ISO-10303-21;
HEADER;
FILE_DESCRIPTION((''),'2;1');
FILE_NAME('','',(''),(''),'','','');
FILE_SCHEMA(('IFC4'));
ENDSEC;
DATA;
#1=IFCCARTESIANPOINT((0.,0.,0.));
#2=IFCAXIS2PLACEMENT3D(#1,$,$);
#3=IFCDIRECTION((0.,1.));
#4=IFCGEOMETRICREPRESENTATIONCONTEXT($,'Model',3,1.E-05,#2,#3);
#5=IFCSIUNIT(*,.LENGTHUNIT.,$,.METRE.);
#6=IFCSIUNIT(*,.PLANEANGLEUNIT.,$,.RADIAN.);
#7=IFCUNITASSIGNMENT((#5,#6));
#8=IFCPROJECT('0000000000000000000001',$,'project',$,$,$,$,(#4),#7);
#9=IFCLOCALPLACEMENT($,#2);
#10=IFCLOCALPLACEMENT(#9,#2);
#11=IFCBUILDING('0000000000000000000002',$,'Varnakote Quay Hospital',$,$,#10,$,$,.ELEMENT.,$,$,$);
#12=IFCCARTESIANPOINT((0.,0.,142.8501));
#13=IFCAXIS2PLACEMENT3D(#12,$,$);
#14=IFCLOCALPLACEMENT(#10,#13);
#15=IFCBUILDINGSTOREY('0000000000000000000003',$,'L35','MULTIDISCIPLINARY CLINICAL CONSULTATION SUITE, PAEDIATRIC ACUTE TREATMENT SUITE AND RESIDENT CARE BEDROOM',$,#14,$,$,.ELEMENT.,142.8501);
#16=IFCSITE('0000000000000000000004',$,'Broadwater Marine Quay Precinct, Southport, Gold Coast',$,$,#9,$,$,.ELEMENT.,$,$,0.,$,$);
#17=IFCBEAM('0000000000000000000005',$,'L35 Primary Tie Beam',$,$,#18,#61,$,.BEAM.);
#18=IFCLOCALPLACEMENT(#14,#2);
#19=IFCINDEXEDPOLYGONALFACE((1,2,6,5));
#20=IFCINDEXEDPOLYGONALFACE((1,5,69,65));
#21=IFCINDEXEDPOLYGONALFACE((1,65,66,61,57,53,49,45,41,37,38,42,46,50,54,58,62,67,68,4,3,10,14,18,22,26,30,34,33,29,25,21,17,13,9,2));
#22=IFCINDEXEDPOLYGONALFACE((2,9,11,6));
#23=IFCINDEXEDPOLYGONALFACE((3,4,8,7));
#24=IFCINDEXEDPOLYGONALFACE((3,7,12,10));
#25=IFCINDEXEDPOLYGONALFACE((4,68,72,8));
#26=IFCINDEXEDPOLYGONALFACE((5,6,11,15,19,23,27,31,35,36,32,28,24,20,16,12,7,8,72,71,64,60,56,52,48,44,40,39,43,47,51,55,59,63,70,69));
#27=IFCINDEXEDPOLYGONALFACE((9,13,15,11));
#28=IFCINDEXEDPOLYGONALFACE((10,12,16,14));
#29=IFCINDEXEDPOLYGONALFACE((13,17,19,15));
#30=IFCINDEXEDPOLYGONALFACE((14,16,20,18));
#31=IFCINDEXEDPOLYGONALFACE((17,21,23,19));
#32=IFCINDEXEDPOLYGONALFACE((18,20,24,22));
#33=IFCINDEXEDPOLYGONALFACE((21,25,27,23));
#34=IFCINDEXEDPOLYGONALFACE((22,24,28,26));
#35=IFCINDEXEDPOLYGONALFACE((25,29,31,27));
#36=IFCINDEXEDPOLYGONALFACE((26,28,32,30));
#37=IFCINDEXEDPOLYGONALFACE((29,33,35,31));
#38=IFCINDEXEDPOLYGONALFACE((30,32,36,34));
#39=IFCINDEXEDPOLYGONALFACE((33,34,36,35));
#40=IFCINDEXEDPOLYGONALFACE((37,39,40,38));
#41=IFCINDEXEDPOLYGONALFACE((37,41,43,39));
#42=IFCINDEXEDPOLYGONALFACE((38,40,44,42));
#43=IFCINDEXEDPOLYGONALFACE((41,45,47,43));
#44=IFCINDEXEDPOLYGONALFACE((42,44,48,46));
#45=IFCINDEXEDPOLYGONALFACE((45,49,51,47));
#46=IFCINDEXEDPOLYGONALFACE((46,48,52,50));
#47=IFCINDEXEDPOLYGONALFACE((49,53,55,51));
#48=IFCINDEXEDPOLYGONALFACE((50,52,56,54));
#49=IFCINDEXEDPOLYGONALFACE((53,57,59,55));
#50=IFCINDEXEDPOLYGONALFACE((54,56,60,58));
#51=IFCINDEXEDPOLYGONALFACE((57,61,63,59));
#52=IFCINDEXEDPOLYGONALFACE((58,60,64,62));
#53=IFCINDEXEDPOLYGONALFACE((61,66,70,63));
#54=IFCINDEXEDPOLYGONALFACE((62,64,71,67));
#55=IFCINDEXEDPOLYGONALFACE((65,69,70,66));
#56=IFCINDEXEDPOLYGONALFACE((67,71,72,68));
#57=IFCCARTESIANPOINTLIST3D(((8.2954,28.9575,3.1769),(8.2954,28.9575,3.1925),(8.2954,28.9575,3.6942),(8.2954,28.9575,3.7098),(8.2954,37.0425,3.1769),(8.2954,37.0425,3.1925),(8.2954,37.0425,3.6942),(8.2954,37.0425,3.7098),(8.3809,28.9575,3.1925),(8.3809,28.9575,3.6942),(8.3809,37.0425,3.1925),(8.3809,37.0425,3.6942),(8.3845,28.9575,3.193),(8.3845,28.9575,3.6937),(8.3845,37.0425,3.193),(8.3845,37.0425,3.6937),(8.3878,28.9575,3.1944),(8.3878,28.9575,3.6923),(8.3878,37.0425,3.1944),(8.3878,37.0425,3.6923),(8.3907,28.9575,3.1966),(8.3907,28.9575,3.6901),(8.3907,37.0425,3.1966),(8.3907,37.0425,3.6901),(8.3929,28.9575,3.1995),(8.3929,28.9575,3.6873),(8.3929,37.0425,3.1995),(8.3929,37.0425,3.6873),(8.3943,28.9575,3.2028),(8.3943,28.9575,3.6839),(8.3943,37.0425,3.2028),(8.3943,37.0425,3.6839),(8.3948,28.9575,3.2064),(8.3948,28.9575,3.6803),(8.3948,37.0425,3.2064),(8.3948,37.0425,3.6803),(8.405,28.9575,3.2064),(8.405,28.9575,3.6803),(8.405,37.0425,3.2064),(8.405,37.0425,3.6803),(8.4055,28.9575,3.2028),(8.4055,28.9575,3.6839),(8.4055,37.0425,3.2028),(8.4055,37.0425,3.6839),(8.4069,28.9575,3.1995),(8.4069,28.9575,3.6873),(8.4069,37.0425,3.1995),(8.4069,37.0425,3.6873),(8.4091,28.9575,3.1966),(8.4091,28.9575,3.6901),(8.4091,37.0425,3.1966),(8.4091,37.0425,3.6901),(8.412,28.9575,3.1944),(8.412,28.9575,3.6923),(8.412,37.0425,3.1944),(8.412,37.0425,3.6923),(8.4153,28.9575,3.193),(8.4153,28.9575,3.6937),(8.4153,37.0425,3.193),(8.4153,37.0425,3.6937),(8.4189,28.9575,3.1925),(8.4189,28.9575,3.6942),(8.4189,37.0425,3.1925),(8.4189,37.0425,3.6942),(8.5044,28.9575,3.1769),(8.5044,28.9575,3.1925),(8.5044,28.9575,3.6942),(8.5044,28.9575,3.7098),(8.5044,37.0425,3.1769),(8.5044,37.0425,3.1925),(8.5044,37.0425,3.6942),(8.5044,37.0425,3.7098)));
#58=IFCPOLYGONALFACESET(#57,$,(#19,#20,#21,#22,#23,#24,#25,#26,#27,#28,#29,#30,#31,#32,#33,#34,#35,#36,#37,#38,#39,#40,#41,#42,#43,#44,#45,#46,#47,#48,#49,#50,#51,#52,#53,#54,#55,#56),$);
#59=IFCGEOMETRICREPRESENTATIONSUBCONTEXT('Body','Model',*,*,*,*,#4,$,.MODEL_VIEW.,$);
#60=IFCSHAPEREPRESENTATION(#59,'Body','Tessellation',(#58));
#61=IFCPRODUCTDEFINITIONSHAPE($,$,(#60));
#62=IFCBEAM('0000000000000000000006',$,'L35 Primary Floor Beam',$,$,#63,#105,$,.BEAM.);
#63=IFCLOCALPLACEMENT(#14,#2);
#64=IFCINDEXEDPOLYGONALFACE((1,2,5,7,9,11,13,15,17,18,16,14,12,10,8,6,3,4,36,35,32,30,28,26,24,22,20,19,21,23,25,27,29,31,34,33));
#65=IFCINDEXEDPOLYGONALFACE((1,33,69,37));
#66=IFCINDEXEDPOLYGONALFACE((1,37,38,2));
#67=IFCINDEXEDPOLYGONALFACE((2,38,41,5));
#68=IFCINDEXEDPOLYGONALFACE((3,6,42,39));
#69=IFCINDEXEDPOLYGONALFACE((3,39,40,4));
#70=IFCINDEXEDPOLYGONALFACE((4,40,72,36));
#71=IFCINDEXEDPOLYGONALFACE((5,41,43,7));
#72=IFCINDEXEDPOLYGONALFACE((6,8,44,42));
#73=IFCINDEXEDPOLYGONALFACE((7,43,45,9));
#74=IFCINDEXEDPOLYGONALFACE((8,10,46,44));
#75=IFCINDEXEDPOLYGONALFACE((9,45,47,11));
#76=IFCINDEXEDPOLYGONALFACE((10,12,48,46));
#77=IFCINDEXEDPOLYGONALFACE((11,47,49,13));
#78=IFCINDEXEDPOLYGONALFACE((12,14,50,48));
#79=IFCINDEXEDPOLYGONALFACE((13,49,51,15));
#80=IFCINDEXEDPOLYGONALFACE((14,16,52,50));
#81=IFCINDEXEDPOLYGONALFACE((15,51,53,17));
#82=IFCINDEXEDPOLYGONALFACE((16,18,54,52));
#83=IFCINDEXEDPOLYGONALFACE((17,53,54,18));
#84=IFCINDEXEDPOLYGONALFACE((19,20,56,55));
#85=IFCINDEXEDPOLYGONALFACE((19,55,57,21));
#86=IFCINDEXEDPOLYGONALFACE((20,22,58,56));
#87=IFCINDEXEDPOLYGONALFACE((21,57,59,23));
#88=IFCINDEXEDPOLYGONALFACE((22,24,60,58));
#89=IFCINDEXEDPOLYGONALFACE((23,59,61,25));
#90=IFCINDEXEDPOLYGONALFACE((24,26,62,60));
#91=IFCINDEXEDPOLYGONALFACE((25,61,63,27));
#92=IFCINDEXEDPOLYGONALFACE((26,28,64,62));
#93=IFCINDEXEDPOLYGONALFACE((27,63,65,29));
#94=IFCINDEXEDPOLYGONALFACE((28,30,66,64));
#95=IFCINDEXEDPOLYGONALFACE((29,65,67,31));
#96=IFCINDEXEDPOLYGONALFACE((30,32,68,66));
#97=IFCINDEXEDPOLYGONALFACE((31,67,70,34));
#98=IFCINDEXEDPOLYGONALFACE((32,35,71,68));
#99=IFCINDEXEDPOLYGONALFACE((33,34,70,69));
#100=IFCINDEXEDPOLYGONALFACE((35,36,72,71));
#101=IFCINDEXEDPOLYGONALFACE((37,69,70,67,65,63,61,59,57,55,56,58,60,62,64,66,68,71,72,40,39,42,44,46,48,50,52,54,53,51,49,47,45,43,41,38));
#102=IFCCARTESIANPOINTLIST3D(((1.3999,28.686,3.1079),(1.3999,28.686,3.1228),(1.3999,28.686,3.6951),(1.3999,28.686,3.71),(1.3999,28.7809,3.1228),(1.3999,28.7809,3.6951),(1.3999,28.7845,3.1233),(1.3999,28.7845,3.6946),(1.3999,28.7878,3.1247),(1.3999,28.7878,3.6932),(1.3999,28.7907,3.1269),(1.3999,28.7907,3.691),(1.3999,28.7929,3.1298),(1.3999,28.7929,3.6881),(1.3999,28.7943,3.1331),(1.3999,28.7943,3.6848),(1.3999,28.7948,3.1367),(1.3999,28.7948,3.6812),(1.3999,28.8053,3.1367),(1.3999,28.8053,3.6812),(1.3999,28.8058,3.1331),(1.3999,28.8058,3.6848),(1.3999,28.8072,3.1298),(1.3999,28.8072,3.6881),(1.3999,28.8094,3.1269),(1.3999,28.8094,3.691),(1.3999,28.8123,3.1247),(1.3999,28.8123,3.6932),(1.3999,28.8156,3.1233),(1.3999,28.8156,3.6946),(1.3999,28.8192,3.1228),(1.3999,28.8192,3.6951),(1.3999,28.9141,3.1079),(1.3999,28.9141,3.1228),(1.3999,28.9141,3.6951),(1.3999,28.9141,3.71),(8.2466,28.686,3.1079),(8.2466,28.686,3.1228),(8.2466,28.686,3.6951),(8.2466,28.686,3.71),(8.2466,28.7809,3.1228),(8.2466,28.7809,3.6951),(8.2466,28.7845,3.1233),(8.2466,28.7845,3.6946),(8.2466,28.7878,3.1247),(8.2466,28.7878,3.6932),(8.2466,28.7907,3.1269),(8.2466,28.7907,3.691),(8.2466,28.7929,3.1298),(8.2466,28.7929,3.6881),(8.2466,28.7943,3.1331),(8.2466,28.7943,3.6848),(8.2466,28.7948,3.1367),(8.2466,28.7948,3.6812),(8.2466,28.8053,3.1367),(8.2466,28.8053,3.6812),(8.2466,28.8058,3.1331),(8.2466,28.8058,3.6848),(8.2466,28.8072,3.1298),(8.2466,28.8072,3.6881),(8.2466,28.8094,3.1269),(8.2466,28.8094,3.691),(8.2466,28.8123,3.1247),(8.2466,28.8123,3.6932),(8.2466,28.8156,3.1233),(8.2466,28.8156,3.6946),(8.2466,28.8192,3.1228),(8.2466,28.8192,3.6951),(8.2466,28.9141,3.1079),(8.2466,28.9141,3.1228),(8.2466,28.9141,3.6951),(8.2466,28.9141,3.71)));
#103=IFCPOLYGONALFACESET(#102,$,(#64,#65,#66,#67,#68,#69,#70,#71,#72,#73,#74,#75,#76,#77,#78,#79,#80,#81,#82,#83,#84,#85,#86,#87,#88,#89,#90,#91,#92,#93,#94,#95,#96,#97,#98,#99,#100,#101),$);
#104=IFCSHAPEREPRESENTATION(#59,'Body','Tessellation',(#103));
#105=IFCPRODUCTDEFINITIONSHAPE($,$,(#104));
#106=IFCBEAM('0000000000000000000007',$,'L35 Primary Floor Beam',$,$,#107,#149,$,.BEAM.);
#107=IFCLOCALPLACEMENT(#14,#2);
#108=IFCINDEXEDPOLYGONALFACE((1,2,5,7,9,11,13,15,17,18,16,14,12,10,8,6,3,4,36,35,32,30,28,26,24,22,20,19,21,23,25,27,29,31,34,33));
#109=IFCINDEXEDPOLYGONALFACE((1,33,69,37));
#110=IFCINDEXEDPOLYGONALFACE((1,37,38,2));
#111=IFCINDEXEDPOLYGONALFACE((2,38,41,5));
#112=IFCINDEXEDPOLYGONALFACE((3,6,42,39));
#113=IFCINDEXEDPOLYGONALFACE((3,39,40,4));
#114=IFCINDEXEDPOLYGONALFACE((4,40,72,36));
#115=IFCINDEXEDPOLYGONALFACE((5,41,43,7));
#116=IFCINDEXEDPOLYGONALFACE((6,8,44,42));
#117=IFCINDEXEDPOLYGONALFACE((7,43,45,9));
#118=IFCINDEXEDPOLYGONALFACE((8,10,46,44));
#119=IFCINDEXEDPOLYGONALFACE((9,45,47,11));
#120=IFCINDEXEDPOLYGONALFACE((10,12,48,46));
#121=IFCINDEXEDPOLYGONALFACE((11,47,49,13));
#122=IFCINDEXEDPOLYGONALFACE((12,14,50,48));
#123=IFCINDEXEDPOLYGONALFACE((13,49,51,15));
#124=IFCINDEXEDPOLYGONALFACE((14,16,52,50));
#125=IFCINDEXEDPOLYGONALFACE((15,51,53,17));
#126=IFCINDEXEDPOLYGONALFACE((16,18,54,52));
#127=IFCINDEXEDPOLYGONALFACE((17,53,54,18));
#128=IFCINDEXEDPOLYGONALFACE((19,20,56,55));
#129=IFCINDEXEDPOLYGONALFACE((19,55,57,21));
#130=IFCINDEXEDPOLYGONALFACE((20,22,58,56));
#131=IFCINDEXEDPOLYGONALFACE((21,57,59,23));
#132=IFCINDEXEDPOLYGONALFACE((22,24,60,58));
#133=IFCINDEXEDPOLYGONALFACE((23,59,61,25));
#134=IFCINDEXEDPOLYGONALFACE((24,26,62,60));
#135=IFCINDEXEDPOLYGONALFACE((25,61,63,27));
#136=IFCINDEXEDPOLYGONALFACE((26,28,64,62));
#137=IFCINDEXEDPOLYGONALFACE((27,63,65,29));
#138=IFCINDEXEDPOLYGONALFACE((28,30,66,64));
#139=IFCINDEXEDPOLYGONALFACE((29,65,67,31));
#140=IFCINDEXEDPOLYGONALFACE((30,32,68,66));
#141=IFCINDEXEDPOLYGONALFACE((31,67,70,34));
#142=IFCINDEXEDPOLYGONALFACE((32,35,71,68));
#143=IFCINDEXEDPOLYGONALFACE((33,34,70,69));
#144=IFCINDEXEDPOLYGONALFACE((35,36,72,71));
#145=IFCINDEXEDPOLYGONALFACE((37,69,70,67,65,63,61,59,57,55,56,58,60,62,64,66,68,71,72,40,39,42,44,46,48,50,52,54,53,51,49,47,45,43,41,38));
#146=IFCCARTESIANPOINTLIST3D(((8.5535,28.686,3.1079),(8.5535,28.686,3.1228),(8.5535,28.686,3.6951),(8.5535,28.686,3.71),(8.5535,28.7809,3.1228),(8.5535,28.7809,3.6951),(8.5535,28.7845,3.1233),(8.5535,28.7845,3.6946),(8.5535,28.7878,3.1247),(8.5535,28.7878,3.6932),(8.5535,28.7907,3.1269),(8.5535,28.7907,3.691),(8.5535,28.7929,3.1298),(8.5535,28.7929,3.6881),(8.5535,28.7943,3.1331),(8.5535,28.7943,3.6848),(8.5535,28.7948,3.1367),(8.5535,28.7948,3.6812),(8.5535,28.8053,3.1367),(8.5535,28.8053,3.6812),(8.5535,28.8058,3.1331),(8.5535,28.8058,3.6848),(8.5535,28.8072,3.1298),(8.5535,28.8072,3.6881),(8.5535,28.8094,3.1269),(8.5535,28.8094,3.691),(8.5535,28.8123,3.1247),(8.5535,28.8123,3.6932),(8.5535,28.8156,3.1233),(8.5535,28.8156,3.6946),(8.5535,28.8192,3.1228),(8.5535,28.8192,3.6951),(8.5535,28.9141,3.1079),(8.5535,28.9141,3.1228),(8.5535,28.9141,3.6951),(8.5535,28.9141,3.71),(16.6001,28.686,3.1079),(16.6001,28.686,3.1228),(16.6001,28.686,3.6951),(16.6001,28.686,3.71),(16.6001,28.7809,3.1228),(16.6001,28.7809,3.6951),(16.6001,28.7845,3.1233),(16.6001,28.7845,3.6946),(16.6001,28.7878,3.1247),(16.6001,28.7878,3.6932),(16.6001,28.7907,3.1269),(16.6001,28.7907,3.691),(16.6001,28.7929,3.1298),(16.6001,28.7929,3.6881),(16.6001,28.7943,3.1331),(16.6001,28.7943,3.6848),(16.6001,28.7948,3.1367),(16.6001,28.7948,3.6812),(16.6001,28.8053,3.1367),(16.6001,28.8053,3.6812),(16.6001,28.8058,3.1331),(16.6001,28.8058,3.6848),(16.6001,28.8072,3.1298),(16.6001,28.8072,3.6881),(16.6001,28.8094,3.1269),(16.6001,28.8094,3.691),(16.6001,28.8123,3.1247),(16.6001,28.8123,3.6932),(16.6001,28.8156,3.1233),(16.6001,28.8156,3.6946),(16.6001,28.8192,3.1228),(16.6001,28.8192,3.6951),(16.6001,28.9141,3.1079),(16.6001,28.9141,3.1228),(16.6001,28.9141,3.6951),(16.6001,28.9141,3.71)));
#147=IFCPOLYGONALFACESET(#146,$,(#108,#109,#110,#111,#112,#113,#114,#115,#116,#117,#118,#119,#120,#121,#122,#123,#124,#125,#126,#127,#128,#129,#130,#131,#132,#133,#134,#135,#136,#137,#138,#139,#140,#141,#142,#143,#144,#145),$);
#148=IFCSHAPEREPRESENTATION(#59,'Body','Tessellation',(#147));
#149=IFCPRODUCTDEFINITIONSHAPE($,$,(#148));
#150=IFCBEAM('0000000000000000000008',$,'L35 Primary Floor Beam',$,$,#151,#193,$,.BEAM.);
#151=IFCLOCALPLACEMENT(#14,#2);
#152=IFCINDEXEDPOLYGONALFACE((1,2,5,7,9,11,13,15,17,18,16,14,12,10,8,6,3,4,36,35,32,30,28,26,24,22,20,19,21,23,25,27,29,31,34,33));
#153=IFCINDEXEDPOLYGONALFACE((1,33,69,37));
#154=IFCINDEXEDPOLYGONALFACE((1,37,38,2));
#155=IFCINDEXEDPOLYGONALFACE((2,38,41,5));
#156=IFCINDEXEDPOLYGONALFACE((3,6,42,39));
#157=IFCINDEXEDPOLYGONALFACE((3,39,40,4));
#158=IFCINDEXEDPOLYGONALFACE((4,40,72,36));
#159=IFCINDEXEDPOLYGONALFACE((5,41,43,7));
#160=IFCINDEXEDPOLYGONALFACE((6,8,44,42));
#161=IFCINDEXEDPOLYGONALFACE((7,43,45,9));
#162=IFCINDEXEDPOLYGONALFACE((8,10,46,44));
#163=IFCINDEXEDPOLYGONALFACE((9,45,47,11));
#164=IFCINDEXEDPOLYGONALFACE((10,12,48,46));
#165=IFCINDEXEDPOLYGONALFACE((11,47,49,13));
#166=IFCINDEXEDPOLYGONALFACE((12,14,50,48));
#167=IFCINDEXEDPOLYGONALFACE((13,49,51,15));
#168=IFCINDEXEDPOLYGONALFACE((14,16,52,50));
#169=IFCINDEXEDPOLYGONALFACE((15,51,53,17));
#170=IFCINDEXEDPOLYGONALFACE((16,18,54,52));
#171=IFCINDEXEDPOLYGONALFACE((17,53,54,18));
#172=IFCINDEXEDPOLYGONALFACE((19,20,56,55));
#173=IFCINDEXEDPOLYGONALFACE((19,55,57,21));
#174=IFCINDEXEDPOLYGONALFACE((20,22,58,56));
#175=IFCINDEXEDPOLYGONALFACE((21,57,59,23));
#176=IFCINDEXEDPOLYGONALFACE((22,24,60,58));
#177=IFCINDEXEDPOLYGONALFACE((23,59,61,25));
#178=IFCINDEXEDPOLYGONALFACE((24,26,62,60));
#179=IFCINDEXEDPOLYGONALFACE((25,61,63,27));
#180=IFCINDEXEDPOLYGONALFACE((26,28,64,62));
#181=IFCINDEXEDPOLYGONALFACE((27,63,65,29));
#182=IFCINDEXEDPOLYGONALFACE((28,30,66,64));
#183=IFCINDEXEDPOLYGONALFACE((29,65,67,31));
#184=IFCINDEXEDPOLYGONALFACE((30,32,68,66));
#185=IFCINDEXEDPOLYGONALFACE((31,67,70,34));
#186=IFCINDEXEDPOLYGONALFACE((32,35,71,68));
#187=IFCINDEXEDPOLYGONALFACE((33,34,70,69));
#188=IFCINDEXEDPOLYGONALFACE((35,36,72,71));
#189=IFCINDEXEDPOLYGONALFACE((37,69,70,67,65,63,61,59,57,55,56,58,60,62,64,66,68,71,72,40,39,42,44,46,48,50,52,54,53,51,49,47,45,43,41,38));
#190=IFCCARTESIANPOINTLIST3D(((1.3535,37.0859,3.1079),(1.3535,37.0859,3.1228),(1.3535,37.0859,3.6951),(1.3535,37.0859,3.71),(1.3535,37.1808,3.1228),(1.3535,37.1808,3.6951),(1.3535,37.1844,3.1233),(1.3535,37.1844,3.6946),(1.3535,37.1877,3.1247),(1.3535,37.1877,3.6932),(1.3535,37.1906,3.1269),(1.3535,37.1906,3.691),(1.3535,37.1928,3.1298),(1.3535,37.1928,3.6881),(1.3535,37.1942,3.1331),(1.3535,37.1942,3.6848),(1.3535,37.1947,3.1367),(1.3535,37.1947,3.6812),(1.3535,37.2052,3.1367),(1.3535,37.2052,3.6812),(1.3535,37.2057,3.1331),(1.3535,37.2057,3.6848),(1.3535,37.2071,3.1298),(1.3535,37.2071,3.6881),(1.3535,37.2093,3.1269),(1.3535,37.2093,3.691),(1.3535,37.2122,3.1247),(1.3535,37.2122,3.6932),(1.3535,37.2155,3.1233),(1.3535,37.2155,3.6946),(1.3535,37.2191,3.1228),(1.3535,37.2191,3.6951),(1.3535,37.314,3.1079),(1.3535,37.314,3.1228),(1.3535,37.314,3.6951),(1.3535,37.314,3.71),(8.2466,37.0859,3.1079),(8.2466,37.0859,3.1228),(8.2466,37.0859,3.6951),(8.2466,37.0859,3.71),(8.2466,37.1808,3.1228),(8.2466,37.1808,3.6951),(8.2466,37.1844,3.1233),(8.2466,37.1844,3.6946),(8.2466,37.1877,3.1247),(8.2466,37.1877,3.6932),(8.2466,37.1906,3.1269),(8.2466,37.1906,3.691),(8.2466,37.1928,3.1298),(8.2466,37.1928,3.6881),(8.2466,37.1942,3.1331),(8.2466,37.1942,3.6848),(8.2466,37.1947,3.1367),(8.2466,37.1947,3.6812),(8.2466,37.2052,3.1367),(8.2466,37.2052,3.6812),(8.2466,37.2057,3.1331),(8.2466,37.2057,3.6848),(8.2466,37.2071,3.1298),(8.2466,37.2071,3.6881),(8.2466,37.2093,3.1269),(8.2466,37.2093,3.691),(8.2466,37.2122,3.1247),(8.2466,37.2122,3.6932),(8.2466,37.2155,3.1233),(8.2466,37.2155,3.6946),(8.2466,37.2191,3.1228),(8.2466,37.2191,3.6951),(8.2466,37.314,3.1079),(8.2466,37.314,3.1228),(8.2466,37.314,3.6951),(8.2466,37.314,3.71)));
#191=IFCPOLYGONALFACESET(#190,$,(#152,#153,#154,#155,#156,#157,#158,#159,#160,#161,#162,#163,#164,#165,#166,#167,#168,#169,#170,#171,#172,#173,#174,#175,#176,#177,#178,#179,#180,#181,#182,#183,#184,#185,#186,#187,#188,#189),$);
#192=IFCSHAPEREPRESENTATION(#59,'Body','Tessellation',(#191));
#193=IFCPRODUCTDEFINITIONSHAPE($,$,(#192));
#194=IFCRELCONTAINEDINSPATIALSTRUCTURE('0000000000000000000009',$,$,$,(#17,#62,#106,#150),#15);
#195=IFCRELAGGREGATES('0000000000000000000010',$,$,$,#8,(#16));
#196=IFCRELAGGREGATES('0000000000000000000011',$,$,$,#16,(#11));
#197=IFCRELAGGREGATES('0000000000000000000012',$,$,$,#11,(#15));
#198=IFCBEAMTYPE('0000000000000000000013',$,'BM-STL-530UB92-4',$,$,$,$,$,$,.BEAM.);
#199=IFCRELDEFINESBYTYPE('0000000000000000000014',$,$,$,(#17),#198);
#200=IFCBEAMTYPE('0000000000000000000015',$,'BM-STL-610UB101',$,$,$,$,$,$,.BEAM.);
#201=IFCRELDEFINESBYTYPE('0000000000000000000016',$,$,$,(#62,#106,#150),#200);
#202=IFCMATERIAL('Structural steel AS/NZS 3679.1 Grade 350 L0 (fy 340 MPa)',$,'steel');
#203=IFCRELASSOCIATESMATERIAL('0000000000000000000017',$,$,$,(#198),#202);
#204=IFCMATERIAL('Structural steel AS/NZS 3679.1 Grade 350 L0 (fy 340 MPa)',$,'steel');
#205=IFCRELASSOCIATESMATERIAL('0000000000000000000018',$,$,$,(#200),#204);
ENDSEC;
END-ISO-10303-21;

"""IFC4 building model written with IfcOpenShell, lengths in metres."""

from ifc_helpers import new_model, si_unit, direction, frame, origin, origin_2d, place, context, subcontext, project, spatial, i_section, extrude, material, material_profile, profile_set, type_object, element, save


model = new_model("IFC4")

# Units and contexts
model_context = context("Model", 3, precision=1e-05, world=origin(), true_north=direction((0.0, 1.0)))
body_context = subcontext(model_context, "Body", "Model", "MODEL_VIEW")
ifc_project = project(units=[si_unit("LENGTHUNIT", "METRE"), si_unit("PLANEANGLEUNIT", "RADIAN")], contexts=[model_context])

# Site, building, storey
site_placement = place(None, origin())
site = spatial("IfcSite", under=ifc_project, at=site_placement, Name="Broadwater Marine Quay Precinct, Southport, Gold Coast", CompositionType="ELEMENT", RefElevation=0.0)
building_placement = place(site_placement, origin())
building = spatial("IfcBuilding", under=site, at=building_placement, Name="Varnakote Quay Hospital", CompositionType="ELEMENT")
storey_placement = place(building_placement, frame((0.0, 0.0, 142.8501)))
storey = spatial("IfcBuildingStorey", under=building, at=storey_placement, Name="L35", Description="MULTIDISCIPLINARY CLINICAL CONSULTATION SUITE, PAEDIATRIC ACUTE TREATMENT SUITE AND RESIDENT CARE BEDROOM", CompositionType="ELEMENT", Elevation=142.8501)

# Beams
ifc_material_1 = material(Name="Structural steel AS/NZS 3679.1 Grade 350 L0 (fy 340 MPa)", Category="steel")
ifc_material_profile_1 = material_profile(ifc_material_1, i_section(OverallWidth=0.209, OverallDepth=0.533, WebThickness=0.0103, FlangeThickness=0.0156, FilletRadius=0.0139, at=origin_2d()), Name="530UB92.4")
ifc_profile_set_1 = profile_set([ifc_material_profile_1], Name="Structural steel AS/NZS 3679.1 Grade 350 L0 (fy 340 MPa)")
beam_type_1 = type_object("IfcBeamType", Name="BM-STL-530UB92-4", PredefinedType="BEAM", material=ifc_profile_set_1)
beam_1_placement = place(storey_placement, frame((8.3999, 28.9575, 3.4434), z_axis=(0.0, 1.0, 0.0), x_axis=(-1.0, 0.0, 0.0)))
element("IfcBeam", 1, at=beam_1_placement, inside=storey, type_object=beam_type_1, Name="L35 Primary Tie Beam", PredefinedType="BEAM", context=body_context, shape_type="SweptSolid", body=[
    extrude(i_section(OverallWidth=0.209, OverallDepth=0.533, WebThickness=0.0103, FlangeThickness=0.0156, FilletRadius=0.0139, at=origin_2d()), origin(), (0.0, 0.0, 1.0), 8.085),
])
ifc_material_2 = material(Name="Structural steel AS/NZS 3679.1 Grade 350 L0 (fy 340 MPa)", Category="steel")
ifc_material_profile_2 = material_profile(ifc_material_2, i_section(OverallWidth=0.228, OverallDepth=0.6021, WebThickness=0.0105, FlangeThickness=0.0149, FilletRadius=0.0139, at=origin_2d()), Name="610UB101")
ifc_profile_set_2 = profile_set([ifc_material_profile_2], Name="Structural steel AS/NZS 3679.1 Grade 350 L0 (fy 340 MPa)")
beam_type_2 = type_object("IfcBeamType", Name="BM-STL-610UB101", PredefinedType="BEAM", material=ifc_profile_set_2)
beam_2_placement = place(storey_placement, frame((1.3999, 28.8, 3.4089), z_axis=(1.0, 0.0, 0.0), x_axis=(0.0, 1.0, 0.0)))
element("IfcBeam", 2, at=beam_2_placement, inside=storey, type_object=beam_type_2, Name="L35 Primary Floor Beam", PredefinedType="BEAM", context=body_context, shape_type="SweptSolid", body=[
    extrude(i_section(OverallWidth=0.228, OverallDepth=0.6021, WebThickness=0.0105, FlangeThickness=0.0149, FilletRadius=0.0139, at=origin_2d()), origin(), (0.0, 0.0, 1.0), 6.8467),
])
beam_3_placement = place(storey_placement, frame((8.5535, 28.8, 3.4089), z_axis=(1.0, 0.0, 0.0), x_axis=(0.0, 1.0, 0.0)))
element("IfcBeam", 3, at=beam_3_placement, inside=storey, type_object=beam_type_2, Name="L35 Primary Floor Beam", PredefinedType="BEAM", context=body_context, shape_type="SweptSolid", body=[
    extrude(i_section(OverallWidth=0.228, OverallDepth=0.6021, WebThickness=0.0105, FlangeThickness=0.0149, FilletRadius=0.0139, at=origin_2d()), origin(), (0.0, 0.0, 1.0), 8.0466),
])
beam_4_placement = place(storey_placement, frame((1.3535, 37.2, 3.4089), z_axis=(1.0, 0.0, 0.0), x_axis=(0.0, 1.0, 0.0)))
element("IfcBeam", 4, at=beam_4_placement, inside=storey, type_object=beam_type_2, Name="L35 Primary Floor Beam", PredefinedType="BEAM", context=body_context, shape_type="SweptSolid", body=[
    extrude(i_section(OverallWidth=0.228, OverallDepth=0.6021, WebThickness=0.0105, FlangeThickness=0.0149, FilletRadius=0.0139, at=origin_2d()), origin(), (0.0, 0.0, 1.0), 6.8931),
])

save(model, "model.ifc")
